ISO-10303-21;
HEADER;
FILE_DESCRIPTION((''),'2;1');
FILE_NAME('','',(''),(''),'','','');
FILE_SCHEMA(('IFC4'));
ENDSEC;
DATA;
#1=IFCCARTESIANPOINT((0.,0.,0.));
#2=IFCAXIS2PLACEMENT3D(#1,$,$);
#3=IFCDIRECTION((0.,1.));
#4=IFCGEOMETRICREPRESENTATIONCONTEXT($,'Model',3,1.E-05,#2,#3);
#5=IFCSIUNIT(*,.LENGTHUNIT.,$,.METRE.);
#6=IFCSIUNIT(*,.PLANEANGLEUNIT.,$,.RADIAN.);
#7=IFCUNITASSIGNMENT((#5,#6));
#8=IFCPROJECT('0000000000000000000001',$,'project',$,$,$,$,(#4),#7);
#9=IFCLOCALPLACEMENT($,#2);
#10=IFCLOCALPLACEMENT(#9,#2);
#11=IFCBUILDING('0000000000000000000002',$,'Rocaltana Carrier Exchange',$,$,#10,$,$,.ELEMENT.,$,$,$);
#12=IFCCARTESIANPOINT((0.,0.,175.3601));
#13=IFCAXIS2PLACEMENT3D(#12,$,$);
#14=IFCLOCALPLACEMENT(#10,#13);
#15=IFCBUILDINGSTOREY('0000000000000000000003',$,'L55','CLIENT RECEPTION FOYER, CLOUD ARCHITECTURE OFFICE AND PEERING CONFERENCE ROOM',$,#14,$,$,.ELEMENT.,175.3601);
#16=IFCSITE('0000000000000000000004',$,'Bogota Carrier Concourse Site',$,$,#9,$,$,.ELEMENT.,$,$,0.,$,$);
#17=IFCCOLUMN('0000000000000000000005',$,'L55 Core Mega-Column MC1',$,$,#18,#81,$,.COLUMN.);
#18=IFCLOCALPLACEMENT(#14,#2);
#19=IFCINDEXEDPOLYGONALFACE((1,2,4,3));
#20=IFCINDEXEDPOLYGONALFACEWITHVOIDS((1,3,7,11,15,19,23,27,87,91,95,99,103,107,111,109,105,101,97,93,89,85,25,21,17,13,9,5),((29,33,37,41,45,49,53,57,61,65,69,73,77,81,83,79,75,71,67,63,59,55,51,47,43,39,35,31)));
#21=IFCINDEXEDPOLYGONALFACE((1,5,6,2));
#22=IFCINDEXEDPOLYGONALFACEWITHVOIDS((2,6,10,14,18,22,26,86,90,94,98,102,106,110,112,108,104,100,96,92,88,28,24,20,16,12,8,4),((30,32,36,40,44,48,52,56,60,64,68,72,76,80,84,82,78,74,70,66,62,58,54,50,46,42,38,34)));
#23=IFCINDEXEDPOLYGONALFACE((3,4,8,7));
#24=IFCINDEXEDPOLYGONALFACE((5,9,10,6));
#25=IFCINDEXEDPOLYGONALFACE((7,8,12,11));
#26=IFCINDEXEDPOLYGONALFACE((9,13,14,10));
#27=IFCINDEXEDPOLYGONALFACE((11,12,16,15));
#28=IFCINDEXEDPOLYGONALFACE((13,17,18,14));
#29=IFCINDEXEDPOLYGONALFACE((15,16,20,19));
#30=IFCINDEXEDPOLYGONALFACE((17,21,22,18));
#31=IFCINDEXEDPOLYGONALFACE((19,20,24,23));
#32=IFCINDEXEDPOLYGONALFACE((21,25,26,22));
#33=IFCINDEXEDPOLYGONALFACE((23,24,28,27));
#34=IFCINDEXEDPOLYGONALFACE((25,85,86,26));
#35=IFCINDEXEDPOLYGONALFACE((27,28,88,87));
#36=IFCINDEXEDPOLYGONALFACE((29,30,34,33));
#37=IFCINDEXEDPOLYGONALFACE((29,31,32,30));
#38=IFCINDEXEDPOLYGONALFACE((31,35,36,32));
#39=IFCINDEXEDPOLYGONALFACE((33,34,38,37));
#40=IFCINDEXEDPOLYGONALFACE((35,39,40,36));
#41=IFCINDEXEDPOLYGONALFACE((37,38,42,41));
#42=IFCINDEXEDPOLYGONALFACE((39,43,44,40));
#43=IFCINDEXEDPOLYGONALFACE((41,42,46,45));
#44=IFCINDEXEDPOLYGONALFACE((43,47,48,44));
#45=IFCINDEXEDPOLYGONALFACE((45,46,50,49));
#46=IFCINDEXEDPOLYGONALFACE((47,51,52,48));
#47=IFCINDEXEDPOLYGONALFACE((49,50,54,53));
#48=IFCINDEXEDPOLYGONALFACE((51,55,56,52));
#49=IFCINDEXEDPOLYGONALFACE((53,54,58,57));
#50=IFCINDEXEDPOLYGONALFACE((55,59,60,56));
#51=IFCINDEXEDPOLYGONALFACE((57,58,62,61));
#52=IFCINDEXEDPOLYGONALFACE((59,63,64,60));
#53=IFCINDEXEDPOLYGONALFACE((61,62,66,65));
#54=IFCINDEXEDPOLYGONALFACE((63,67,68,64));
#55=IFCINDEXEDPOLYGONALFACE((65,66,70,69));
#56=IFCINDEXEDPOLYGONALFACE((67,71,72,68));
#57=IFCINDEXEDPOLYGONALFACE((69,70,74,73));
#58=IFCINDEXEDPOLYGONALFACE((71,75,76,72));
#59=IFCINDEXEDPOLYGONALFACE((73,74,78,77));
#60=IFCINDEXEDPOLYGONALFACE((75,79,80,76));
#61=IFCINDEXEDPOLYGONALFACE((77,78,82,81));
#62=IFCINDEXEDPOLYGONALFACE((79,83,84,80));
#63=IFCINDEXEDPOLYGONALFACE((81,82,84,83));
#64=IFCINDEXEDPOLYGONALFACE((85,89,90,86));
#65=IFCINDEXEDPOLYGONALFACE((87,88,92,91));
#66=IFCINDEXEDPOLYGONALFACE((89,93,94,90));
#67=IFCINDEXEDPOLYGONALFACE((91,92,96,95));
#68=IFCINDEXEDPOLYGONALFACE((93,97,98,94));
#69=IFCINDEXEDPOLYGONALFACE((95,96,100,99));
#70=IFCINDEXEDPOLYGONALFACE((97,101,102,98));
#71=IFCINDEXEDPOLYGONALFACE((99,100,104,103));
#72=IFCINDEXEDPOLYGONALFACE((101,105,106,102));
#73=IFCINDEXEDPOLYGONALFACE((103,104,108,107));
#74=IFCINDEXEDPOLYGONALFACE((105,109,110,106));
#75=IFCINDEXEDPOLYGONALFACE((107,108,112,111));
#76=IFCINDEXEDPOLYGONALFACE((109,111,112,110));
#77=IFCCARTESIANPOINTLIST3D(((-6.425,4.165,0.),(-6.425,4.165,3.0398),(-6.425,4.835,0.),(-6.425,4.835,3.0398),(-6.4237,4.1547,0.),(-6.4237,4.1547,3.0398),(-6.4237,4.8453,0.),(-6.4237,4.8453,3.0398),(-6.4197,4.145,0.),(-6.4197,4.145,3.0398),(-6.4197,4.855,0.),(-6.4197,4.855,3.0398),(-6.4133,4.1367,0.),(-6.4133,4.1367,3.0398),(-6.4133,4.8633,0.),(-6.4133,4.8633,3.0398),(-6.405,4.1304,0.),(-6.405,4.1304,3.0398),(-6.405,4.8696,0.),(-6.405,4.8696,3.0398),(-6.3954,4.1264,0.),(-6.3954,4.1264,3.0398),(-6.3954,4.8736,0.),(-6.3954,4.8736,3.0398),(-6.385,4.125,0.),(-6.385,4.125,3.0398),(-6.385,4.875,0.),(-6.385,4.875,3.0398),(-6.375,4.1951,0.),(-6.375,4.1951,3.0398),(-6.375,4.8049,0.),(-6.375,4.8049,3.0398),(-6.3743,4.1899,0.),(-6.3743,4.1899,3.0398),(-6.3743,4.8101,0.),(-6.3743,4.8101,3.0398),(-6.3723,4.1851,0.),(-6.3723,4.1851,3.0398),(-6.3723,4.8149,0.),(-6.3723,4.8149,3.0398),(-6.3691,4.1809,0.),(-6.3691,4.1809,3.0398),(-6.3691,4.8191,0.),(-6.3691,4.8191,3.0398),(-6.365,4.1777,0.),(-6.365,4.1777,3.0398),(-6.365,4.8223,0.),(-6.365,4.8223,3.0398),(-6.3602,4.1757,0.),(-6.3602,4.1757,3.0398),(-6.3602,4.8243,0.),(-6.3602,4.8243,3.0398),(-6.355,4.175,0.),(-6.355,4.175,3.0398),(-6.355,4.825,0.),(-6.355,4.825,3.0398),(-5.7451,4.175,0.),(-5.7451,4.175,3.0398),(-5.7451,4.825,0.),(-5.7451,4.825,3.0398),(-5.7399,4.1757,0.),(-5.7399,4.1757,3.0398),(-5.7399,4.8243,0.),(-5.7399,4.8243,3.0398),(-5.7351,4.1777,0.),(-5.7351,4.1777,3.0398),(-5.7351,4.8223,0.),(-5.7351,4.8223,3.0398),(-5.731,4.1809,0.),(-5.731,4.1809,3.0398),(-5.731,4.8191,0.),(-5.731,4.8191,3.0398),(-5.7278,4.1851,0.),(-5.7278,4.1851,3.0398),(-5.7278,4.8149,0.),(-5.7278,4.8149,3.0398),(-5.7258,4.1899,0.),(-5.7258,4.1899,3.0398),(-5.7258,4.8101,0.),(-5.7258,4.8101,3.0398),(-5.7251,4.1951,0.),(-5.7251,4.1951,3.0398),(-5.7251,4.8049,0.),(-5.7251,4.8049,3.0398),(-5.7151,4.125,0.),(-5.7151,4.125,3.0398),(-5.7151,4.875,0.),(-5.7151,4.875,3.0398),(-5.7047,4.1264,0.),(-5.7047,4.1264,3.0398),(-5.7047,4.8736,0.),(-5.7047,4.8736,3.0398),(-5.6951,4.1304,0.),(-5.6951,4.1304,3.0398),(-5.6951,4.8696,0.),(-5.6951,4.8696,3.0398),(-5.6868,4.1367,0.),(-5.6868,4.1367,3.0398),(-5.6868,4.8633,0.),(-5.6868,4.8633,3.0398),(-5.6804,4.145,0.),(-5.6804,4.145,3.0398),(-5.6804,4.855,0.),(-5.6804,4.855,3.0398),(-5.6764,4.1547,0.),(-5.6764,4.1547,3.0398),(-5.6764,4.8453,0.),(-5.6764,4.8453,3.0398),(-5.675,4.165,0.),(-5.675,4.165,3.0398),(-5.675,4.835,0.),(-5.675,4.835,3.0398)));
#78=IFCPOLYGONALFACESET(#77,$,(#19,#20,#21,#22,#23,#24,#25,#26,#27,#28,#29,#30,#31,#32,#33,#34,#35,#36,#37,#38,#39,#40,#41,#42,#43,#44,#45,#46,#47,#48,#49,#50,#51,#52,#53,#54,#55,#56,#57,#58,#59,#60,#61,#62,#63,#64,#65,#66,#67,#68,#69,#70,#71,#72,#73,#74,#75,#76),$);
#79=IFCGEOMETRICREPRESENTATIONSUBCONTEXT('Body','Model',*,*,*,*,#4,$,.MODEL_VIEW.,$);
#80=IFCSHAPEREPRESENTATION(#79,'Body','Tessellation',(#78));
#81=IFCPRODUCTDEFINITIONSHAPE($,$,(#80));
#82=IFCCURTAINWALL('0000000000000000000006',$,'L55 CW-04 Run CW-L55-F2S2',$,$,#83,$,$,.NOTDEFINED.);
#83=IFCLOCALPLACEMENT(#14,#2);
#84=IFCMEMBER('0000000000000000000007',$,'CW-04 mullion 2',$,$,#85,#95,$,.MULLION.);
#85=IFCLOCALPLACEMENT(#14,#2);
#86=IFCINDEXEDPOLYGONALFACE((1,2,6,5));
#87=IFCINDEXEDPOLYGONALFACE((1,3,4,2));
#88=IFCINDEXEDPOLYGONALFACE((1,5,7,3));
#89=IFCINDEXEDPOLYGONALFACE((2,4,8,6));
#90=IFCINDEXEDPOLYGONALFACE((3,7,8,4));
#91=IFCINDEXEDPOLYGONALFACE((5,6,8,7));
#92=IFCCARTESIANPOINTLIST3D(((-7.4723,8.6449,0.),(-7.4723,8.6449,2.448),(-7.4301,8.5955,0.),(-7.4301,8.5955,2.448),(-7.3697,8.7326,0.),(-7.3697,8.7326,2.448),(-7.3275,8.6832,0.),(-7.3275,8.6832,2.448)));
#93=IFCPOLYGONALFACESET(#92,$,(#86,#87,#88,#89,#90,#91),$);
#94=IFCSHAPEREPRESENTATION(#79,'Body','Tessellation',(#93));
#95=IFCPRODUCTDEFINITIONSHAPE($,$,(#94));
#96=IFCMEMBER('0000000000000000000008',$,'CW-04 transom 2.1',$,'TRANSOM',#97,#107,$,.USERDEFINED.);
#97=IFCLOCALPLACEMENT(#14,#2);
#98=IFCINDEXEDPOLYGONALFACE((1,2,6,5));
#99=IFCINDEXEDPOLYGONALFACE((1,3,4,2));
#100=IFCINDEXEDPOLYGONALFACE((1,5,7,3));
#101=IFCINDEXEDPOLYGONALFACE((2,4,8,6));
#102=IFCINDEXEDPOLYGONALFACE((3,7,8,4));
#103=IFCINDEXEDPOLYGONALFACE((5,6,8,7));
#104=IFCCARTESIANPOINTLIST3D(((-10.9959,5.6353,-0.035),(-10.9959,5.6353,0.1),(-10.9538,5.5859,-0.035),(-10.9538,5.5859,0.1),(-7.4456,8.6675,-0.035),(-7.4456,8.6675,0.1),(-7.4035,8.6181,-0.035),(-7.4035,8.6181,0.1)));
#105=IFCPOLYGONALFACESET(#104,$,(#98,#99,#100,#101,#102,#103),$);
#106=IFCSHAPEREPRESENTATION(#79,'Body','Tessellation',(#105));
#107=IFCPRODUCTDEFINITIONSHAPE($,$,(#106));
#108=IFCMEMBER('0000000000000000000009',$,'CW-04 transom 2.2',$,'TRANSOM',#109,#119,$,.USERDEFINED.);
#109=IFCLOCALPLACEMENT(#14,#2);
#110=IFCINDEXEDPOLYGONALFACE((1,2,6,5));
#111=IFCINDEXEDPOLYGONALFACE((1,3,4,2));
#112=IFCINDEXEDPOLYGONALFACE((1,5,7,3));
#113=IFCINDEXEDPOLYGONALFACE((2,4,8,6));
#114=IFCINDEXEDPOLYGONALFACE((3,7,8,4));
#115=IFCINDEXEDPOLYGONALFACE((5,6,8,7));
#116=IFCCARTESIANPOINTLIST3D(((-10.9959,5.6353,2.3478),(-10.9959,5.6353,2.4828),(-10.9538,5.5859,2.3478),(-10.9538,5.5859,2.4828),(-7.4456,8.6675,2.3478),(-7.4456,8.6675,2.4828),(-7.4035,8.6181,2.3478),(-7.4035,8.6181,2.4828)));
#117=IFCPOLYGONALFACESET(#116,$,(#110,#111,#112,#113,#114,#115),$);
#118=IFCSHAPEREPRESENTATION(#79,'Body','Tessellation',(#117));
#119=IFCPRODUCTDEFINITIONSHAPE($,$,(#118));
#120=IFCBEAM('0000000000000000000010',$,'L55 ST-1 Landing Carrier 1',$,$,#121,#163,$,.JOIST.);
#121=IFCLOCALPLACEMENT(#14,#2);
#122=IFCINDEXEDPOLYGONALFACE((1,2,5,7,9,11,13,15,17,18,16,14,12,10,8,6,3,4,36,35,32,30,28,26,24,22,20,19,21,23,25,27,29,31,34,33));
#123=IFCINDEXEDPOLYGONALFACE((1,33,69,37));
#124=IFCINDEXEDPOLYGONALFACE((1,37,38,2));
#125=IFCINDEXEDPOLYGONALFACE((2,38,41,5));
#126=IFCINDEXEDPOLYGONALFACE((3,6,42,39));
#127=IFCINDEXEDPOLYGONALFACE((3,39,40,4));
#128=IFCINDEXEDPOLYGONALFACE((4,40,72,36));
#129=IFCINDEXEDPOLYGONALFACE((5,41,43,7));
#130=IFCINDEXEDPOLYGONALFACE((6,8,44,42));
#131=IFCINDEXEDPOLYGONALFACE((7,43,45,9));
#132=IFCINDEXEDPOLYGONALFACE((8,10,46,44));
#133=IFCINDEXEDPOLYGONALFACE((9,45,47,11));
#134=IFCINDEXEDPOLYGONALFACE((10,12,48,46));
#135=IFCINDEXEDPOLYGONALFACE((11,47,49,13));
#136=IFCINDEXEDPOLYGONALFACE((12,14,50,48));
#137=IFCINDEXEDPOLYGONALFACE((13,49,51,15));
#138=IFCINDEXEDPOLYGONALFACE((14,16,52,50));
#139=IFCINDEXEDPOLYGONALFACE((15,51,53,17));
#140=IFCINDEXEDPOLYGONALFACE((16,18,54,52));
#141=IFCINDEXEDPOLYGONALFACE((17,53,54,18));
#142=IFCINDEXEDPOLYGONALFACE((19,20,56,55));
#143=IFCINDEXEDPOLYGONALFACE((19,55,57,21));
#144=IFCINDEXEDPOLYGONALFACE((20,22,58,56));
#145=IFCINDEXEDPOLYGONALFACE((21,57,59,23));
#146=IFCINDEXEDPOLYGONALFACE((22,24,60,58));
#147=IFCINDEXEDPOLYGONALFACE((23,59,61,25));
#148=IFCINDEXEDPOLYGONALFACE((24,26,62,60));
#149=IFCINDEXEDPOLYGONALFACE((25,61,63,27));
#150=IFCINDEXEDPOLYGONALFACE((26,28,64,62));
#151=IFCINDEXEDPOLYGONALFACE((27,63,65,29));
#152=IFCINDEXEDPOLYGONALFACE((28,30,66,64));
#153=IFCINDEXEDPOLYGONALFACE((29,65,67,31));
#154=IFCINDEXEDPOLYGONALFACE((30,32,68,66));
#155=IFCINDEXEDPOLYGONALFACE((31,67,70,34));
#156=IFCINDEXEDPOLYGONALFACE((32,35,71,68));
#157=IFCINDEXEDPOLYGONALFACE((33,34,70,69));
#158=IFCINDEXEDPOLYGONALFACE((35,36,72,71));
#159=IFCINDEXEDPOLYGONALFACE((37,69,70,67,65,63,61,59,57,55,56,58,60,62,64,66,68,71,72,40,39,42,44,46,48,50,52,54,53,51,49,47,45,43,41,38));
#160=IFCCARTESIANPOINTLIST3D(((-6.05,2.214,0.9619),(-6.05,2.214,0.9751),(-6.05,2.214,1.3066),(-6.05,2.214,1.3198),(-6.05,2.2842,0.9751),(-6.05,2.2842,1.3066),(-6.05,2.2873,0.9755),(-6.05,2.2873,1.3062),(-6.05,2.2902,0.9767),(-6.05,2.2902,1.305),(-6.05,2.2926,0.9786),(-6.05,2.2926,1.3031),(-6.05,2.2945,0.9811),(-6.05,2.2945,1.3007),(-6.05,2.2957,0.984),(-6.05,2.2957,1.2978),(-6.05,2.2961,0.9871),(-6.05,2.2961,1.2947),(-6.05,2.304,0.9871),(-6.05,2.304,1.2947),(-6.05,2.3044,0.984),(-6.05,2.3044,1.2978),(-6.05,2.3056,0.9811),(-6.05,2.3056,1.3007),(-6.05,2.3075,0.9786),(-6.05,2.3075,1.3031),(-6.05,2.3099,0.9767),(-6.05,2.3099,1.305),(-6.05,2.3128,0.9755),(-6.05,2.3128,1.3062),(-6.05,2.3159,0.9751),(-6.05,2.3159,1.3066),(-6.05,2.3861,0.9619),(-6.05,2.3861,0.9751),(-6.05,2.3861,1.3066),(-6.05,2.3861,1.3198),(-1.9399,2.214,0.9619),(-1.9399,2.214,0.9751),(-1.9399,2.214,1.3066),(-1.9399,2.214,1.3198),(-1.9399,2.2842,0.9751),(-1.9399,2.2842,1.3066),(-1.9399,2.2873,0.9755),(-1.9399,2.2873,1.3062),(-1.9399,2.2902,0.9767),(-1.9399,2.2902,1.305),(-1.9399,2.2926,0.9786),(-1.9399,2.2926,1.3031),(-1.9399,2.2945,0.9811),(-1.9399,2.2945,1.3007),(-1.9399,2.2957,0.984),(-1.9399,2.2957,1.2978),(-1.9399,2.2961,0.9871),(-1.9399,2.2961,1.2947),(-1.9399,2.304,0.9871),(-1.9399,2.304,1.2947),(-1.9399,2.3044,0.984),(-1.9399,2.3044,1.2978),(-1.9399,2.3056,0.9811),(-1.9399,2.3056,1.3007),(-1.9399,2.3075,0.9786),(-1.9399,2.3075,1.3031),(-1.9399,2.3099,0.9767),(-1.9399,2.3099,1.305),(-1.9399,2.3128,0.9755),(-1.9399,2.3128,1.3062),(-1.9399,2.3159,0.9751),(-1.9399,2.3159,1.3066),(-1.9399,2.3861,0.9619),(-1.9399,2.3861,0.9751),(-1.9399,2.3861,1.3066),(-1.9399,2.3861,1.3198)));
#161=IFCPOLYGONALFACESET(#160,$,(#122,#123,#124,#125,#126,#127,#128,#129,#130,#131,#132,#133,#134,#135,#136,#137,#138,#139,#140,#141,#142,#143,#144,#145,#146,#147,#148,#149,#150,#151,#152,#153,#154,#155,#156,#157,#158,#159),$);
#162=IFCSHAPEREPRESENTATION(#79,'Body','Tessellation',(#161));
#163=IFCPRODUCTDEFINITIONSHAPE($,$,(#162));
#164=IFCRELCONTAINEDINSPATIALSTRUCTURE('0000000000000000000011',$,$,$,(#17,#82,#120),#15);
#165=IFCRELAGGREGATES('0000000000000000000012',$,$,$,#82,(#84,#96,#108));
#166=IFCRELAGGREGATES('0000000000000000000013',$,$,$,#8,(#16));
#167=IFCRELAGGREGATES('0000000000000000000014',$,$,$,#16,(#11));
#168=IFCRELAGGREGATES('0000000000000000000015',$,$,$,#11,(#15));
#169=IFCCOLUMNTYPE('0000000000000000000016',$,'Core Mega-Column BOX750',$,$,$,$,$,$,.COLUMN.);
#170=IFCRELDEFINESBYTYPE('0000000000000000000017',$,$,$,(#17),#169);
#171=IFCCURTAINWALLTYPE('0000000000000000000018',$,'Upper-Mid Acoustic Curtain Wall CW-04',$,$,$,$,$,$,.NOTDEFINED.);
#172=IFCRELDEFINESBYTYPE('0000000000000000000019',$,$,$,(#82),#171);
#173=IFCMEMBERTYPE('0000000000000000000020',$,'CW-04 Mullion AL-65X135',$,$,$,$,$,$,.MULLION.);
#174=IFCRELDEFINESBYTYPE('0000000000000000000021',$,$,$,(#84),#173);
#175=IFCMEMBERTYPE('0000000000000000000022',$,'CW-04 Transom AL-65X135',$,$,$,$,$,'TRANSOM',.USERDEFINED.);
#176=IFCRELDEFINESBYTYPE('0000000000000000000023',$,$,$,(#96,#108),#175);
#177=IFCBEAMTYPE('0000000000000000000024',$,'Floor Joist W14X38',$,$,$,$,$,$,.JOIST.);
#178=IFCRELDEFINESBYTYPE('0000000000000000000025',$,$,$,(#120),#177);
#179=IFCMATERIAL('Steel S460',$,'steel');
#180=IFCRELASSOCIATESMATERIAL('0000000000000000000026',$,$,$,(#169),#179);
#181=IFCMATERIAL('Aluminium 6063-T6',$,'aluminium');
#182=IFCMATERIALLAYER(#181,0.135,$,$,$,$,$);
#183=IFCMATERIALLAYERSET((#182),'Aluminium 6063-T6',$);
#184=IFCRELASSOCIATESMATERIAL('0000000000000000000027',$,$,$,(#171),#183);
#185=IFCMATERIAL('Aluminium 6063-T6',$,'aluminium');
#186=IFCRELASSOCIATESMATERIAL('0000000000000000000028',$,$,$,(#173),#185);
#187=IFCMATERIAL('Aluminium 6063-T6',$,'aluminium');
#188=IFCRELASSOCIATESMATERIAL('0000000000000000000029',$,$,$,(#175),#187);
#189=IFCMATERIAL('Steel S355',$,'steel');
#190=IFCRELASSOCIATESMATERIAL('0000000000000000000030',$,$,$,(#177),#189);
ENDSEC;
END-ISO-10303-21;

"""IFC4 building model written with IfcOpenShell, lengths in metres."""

from ifc_helpers import new_model, si_unit, direction, frame, origin, origin_2d, place, context, subcontext, project, spatial, rectangle, hollow_rectangle, i_section, extrude, material, layer, layer_set, material_profile, profile_set, type_object, element, aggregate, save


model = new_model("IFC4")

# Units and contexts
model_context = context("Model", 3, precision=1e-05, world=origin(), true_north=direction((0.0, 1.0)))
body_context = subcontext(model_context, "Body", "Model", "MODEL_VIEW")
ifc_project = project(units=[si_unit("LENGTHUNIT", "METRE"), si_unit("PLANEANGLEUNIT", "RADIAN")], contexts=[model_context])

# Site, building, storey
site_placement = place(None, origin())
site = spatial("IfcSite", under=ifc_project, at=site_placement, Name="Bogota Carrier Concourse Site", CompositionType="ELEMENT", RefElevation=0.0)
building_placement = place(site_placement, origin())
building = spatial("IfcBuilding", under=site, at=building_placement, Name="Rocaltana Carrier Exchange", CompositionType="ELEMENT")
storey_placement = place(building_placement, frame((0.0, 0.0, 175.3601)))
storey = spatial("IfcBuildingStorey", under=building, at=storey_placement, Name="L55", Description="CLIENT RECEPTION FOYER, CLOUD ARCHITECTURE OFFICE AND PEERING CONFERENCE ROOM", CompositionType="ELEMENT", Elevation=175.3601)

# Column
ifc_material_1 = material(Name="Steel S460", Category="steel")
ifc_material_profile_1 = material_profile(ifc_material_1, hollow_rectangle(XDim=0.75, YDim=0.75, WallThickness=0.05, InnerFilletRadius=0.02, OuterFilletRadius=0.04, at=origin_2d()), Name="BOX750X750X50")
ifc_profile_set_1 = profile_set([ifc_material_profile_1], Name="Steel S460")
column_type = type_object("IfcColumnType", Name="Core Mega-Column BOX750", PredefinedType="COLUMN", material=ifc_profile_set_1)
column_placement = place(storey_placement, frame((-6.05, 4.5, 0.0), z_axis=(0.0, 0.0, 1.0), x_axis=(1.0, 0.0, 0.0)))
element("IfcColumn", 1, at=column_placement, inside=storey, type_object=column_type, Name="L55 Core Mega-Column MC1", PredefinedType="COLUMN", context=body_context, shape_type="SweptSolid", body=[
    extrude(hollow_rectangle(XDim=0.75, YDim=0.75, WallThickness=0.05, InnerFilletRadius=0.02, OuterFilletRadius=0.04, at=origin_2d()), origin(), (0.0, 0.0, 1.0), 3.0398),
])

# Curtain wall, members
ifc_material_2 = material(Name="Aluminium 6063-T6", Category="aluminium")
ifc_layer_1 = layer(ifc_material_2, 0.135)
ifc_layer_set_1 = layer_set([ifc_layer_1], Name="Aluminium 6063-T6")
curtain_wall_type = type_object("IfcCurtainWallType", Name="Upper-Mid Acoustic Curtain Wall CW-04", PredefinedType="NOTDEFINED", material=ifc_layer_set_1)
curtain_wall_placement = place(storey_placement, origin())
curtain_wall = element("IfcCurtainWall", 2, at=curtain_wall_placement, inside=storey, type_object=curtain_wall_type, Name="L55 CW-04 Run CW-L55-F2S2", PredefinedType="NOTDEFINED")
ifc_material_3 = material(Name="Aluminium 6063-T6", Category="aluminium")
ifc_material_profile_2 = material_profile(ifc_material_3, rectangle(XDim=0.0649, YDim=0.135, at=origin_2d()), Name="AL-65X135")
ifc_profile_set_2 = profile_set([ifc_material_profile_2], Name="Aluminium 6063-T6")
member_type_1 = type_object("IfcMemberType", Name="CW-04 Mullion AL-65X135", PredefinedType="MULLION", material=ifc_profile_set_2)
member_1_placement = place(storey_placement, frame((-7.3999, 8.6641, 0.0), z_axis=(0.0, 0.0, 1.0), x_axis=(0.649454, -0.760401, 0.0)))
member_1 = element("IfcMember", 3, at=member_1_placement, type_object=member_type_1, Name="CW-04 mullion 2", PredefinedType="MULLION", context=body_context, shape_type="SweptSolid", body=[
    extrude(rectangle(XDim=0.0649, YDim=0.135, at=origin_2d()), origin(), (0.0, 0.0, 1.0), 2.448),
])
ifc_material_4 = material(Name="Aluminium 6063-T6", Category="aluminium")
ifc_material_profile_3 = material_profile(ifc_material_4, rectangle(XDim=0.0649, YDim=0.135, at=origin_2d()), Name="AL-65X135")
ifc_profile_set_3 = profile_set([ifc_material_profile_3], Name="Aluminium 6063-T6")
member_type_2 = type_object("IfcMemberType", Name="CW-04 Transom AL-65X135", ElementType="TRANSOM", PredefinedType="USERDEFINED", material=ifc_profile_set_3)
member_2_placement = place(storey_placement, frame((-7.4246, 8.6428, 0.0325), z_axis=(-0.760407, -0.649447, 0.0), x_axis=(0.649447, -0.760407, 0.0)))
member_2 = element("IfcMember", 4, at=member_2_placement, type_object=member_type_2, Name="CW-04 transom 2.1", ObjectType="TRANSOM", PredefinedType="USERDEFINED", context=body_context, shape_type="SweptSolid", body=[
    extrude(rectangle(XDim=0.0649, YDim=0.135, at=origin_2d()), origin(), (0.0, 0.0, 1.0), 4.6689),
])
member_3_placement = place(storey_placement, frame((-7.4246, 8.6428, 2.4153), z_axis=(-0.760407, -0.649447, 0.0), x_axis=(0.649447, -0.760407, 0.0)))
member_3 = element("IfcMember", 5, at=member_3_placement, type_object=member_type_2, Name="CW-04 transom 2.2", ObjectType="TRANSOM", PredefinedType="USERDEFINED", context=body_context, shape_type="SweptSolid", body=[
    extrude(rectangle(XDim=0.0649, YDim=0.135, at=origin_2d()), origin(), (0.0, 0.0, 1.0), 4.6689),
])

# Beam
ifc_material_5 = material(Name="Steel S355", Category="steel")
ifc_material_profile_4 = material_profile(ifc_material_5, i_section(OverallWidth=0.1721, OverallDepth=0.3579, WebThickness=0.0078, FlangeThickness=0.0132, FilletRadius=0.012, at=origin_2d()), Name="W14X38")
ifc_profile_set_4 = profile_set([ifc_material_profile_4], Name="Steel S355")
beam_type_1 = type_object("IfcBeamType", Name="Floor Joist W14X38", PredefinedType="JOIST", material=ifc_profile_set_4)
for number, where, z_axis, x_axis, name in (
    (6, (-6.05, 2.3, 1.1409), (1.0, 0.0, 0.0), (0.0, 1.0, 0.0), "L55 ST-1 Landing Carrier 1"),
):
    element("IfcBeam", number, at=place(storey_placement, frame(where, z_axis=z_axis, x_axis=x_axis)), inside=storey, type_object=beam_type_1, Name=name, PredefinedType="JOIST", context=body_context, shape_type="SweptSolid", body=[
        extrude(i_section(OverallWidth=0.1721, OverallDepth=0.3579, WebThickness=0.0078, FlangeThickness=0.0132, FilletRadius=0.012, at=origin_2d()), origin(), (0.0, 0.0, 1.0), 4.1101),
    ])

aggregate(curtain_wall, [member_1, member_2, member_3])

save(model, "model.ifc")
